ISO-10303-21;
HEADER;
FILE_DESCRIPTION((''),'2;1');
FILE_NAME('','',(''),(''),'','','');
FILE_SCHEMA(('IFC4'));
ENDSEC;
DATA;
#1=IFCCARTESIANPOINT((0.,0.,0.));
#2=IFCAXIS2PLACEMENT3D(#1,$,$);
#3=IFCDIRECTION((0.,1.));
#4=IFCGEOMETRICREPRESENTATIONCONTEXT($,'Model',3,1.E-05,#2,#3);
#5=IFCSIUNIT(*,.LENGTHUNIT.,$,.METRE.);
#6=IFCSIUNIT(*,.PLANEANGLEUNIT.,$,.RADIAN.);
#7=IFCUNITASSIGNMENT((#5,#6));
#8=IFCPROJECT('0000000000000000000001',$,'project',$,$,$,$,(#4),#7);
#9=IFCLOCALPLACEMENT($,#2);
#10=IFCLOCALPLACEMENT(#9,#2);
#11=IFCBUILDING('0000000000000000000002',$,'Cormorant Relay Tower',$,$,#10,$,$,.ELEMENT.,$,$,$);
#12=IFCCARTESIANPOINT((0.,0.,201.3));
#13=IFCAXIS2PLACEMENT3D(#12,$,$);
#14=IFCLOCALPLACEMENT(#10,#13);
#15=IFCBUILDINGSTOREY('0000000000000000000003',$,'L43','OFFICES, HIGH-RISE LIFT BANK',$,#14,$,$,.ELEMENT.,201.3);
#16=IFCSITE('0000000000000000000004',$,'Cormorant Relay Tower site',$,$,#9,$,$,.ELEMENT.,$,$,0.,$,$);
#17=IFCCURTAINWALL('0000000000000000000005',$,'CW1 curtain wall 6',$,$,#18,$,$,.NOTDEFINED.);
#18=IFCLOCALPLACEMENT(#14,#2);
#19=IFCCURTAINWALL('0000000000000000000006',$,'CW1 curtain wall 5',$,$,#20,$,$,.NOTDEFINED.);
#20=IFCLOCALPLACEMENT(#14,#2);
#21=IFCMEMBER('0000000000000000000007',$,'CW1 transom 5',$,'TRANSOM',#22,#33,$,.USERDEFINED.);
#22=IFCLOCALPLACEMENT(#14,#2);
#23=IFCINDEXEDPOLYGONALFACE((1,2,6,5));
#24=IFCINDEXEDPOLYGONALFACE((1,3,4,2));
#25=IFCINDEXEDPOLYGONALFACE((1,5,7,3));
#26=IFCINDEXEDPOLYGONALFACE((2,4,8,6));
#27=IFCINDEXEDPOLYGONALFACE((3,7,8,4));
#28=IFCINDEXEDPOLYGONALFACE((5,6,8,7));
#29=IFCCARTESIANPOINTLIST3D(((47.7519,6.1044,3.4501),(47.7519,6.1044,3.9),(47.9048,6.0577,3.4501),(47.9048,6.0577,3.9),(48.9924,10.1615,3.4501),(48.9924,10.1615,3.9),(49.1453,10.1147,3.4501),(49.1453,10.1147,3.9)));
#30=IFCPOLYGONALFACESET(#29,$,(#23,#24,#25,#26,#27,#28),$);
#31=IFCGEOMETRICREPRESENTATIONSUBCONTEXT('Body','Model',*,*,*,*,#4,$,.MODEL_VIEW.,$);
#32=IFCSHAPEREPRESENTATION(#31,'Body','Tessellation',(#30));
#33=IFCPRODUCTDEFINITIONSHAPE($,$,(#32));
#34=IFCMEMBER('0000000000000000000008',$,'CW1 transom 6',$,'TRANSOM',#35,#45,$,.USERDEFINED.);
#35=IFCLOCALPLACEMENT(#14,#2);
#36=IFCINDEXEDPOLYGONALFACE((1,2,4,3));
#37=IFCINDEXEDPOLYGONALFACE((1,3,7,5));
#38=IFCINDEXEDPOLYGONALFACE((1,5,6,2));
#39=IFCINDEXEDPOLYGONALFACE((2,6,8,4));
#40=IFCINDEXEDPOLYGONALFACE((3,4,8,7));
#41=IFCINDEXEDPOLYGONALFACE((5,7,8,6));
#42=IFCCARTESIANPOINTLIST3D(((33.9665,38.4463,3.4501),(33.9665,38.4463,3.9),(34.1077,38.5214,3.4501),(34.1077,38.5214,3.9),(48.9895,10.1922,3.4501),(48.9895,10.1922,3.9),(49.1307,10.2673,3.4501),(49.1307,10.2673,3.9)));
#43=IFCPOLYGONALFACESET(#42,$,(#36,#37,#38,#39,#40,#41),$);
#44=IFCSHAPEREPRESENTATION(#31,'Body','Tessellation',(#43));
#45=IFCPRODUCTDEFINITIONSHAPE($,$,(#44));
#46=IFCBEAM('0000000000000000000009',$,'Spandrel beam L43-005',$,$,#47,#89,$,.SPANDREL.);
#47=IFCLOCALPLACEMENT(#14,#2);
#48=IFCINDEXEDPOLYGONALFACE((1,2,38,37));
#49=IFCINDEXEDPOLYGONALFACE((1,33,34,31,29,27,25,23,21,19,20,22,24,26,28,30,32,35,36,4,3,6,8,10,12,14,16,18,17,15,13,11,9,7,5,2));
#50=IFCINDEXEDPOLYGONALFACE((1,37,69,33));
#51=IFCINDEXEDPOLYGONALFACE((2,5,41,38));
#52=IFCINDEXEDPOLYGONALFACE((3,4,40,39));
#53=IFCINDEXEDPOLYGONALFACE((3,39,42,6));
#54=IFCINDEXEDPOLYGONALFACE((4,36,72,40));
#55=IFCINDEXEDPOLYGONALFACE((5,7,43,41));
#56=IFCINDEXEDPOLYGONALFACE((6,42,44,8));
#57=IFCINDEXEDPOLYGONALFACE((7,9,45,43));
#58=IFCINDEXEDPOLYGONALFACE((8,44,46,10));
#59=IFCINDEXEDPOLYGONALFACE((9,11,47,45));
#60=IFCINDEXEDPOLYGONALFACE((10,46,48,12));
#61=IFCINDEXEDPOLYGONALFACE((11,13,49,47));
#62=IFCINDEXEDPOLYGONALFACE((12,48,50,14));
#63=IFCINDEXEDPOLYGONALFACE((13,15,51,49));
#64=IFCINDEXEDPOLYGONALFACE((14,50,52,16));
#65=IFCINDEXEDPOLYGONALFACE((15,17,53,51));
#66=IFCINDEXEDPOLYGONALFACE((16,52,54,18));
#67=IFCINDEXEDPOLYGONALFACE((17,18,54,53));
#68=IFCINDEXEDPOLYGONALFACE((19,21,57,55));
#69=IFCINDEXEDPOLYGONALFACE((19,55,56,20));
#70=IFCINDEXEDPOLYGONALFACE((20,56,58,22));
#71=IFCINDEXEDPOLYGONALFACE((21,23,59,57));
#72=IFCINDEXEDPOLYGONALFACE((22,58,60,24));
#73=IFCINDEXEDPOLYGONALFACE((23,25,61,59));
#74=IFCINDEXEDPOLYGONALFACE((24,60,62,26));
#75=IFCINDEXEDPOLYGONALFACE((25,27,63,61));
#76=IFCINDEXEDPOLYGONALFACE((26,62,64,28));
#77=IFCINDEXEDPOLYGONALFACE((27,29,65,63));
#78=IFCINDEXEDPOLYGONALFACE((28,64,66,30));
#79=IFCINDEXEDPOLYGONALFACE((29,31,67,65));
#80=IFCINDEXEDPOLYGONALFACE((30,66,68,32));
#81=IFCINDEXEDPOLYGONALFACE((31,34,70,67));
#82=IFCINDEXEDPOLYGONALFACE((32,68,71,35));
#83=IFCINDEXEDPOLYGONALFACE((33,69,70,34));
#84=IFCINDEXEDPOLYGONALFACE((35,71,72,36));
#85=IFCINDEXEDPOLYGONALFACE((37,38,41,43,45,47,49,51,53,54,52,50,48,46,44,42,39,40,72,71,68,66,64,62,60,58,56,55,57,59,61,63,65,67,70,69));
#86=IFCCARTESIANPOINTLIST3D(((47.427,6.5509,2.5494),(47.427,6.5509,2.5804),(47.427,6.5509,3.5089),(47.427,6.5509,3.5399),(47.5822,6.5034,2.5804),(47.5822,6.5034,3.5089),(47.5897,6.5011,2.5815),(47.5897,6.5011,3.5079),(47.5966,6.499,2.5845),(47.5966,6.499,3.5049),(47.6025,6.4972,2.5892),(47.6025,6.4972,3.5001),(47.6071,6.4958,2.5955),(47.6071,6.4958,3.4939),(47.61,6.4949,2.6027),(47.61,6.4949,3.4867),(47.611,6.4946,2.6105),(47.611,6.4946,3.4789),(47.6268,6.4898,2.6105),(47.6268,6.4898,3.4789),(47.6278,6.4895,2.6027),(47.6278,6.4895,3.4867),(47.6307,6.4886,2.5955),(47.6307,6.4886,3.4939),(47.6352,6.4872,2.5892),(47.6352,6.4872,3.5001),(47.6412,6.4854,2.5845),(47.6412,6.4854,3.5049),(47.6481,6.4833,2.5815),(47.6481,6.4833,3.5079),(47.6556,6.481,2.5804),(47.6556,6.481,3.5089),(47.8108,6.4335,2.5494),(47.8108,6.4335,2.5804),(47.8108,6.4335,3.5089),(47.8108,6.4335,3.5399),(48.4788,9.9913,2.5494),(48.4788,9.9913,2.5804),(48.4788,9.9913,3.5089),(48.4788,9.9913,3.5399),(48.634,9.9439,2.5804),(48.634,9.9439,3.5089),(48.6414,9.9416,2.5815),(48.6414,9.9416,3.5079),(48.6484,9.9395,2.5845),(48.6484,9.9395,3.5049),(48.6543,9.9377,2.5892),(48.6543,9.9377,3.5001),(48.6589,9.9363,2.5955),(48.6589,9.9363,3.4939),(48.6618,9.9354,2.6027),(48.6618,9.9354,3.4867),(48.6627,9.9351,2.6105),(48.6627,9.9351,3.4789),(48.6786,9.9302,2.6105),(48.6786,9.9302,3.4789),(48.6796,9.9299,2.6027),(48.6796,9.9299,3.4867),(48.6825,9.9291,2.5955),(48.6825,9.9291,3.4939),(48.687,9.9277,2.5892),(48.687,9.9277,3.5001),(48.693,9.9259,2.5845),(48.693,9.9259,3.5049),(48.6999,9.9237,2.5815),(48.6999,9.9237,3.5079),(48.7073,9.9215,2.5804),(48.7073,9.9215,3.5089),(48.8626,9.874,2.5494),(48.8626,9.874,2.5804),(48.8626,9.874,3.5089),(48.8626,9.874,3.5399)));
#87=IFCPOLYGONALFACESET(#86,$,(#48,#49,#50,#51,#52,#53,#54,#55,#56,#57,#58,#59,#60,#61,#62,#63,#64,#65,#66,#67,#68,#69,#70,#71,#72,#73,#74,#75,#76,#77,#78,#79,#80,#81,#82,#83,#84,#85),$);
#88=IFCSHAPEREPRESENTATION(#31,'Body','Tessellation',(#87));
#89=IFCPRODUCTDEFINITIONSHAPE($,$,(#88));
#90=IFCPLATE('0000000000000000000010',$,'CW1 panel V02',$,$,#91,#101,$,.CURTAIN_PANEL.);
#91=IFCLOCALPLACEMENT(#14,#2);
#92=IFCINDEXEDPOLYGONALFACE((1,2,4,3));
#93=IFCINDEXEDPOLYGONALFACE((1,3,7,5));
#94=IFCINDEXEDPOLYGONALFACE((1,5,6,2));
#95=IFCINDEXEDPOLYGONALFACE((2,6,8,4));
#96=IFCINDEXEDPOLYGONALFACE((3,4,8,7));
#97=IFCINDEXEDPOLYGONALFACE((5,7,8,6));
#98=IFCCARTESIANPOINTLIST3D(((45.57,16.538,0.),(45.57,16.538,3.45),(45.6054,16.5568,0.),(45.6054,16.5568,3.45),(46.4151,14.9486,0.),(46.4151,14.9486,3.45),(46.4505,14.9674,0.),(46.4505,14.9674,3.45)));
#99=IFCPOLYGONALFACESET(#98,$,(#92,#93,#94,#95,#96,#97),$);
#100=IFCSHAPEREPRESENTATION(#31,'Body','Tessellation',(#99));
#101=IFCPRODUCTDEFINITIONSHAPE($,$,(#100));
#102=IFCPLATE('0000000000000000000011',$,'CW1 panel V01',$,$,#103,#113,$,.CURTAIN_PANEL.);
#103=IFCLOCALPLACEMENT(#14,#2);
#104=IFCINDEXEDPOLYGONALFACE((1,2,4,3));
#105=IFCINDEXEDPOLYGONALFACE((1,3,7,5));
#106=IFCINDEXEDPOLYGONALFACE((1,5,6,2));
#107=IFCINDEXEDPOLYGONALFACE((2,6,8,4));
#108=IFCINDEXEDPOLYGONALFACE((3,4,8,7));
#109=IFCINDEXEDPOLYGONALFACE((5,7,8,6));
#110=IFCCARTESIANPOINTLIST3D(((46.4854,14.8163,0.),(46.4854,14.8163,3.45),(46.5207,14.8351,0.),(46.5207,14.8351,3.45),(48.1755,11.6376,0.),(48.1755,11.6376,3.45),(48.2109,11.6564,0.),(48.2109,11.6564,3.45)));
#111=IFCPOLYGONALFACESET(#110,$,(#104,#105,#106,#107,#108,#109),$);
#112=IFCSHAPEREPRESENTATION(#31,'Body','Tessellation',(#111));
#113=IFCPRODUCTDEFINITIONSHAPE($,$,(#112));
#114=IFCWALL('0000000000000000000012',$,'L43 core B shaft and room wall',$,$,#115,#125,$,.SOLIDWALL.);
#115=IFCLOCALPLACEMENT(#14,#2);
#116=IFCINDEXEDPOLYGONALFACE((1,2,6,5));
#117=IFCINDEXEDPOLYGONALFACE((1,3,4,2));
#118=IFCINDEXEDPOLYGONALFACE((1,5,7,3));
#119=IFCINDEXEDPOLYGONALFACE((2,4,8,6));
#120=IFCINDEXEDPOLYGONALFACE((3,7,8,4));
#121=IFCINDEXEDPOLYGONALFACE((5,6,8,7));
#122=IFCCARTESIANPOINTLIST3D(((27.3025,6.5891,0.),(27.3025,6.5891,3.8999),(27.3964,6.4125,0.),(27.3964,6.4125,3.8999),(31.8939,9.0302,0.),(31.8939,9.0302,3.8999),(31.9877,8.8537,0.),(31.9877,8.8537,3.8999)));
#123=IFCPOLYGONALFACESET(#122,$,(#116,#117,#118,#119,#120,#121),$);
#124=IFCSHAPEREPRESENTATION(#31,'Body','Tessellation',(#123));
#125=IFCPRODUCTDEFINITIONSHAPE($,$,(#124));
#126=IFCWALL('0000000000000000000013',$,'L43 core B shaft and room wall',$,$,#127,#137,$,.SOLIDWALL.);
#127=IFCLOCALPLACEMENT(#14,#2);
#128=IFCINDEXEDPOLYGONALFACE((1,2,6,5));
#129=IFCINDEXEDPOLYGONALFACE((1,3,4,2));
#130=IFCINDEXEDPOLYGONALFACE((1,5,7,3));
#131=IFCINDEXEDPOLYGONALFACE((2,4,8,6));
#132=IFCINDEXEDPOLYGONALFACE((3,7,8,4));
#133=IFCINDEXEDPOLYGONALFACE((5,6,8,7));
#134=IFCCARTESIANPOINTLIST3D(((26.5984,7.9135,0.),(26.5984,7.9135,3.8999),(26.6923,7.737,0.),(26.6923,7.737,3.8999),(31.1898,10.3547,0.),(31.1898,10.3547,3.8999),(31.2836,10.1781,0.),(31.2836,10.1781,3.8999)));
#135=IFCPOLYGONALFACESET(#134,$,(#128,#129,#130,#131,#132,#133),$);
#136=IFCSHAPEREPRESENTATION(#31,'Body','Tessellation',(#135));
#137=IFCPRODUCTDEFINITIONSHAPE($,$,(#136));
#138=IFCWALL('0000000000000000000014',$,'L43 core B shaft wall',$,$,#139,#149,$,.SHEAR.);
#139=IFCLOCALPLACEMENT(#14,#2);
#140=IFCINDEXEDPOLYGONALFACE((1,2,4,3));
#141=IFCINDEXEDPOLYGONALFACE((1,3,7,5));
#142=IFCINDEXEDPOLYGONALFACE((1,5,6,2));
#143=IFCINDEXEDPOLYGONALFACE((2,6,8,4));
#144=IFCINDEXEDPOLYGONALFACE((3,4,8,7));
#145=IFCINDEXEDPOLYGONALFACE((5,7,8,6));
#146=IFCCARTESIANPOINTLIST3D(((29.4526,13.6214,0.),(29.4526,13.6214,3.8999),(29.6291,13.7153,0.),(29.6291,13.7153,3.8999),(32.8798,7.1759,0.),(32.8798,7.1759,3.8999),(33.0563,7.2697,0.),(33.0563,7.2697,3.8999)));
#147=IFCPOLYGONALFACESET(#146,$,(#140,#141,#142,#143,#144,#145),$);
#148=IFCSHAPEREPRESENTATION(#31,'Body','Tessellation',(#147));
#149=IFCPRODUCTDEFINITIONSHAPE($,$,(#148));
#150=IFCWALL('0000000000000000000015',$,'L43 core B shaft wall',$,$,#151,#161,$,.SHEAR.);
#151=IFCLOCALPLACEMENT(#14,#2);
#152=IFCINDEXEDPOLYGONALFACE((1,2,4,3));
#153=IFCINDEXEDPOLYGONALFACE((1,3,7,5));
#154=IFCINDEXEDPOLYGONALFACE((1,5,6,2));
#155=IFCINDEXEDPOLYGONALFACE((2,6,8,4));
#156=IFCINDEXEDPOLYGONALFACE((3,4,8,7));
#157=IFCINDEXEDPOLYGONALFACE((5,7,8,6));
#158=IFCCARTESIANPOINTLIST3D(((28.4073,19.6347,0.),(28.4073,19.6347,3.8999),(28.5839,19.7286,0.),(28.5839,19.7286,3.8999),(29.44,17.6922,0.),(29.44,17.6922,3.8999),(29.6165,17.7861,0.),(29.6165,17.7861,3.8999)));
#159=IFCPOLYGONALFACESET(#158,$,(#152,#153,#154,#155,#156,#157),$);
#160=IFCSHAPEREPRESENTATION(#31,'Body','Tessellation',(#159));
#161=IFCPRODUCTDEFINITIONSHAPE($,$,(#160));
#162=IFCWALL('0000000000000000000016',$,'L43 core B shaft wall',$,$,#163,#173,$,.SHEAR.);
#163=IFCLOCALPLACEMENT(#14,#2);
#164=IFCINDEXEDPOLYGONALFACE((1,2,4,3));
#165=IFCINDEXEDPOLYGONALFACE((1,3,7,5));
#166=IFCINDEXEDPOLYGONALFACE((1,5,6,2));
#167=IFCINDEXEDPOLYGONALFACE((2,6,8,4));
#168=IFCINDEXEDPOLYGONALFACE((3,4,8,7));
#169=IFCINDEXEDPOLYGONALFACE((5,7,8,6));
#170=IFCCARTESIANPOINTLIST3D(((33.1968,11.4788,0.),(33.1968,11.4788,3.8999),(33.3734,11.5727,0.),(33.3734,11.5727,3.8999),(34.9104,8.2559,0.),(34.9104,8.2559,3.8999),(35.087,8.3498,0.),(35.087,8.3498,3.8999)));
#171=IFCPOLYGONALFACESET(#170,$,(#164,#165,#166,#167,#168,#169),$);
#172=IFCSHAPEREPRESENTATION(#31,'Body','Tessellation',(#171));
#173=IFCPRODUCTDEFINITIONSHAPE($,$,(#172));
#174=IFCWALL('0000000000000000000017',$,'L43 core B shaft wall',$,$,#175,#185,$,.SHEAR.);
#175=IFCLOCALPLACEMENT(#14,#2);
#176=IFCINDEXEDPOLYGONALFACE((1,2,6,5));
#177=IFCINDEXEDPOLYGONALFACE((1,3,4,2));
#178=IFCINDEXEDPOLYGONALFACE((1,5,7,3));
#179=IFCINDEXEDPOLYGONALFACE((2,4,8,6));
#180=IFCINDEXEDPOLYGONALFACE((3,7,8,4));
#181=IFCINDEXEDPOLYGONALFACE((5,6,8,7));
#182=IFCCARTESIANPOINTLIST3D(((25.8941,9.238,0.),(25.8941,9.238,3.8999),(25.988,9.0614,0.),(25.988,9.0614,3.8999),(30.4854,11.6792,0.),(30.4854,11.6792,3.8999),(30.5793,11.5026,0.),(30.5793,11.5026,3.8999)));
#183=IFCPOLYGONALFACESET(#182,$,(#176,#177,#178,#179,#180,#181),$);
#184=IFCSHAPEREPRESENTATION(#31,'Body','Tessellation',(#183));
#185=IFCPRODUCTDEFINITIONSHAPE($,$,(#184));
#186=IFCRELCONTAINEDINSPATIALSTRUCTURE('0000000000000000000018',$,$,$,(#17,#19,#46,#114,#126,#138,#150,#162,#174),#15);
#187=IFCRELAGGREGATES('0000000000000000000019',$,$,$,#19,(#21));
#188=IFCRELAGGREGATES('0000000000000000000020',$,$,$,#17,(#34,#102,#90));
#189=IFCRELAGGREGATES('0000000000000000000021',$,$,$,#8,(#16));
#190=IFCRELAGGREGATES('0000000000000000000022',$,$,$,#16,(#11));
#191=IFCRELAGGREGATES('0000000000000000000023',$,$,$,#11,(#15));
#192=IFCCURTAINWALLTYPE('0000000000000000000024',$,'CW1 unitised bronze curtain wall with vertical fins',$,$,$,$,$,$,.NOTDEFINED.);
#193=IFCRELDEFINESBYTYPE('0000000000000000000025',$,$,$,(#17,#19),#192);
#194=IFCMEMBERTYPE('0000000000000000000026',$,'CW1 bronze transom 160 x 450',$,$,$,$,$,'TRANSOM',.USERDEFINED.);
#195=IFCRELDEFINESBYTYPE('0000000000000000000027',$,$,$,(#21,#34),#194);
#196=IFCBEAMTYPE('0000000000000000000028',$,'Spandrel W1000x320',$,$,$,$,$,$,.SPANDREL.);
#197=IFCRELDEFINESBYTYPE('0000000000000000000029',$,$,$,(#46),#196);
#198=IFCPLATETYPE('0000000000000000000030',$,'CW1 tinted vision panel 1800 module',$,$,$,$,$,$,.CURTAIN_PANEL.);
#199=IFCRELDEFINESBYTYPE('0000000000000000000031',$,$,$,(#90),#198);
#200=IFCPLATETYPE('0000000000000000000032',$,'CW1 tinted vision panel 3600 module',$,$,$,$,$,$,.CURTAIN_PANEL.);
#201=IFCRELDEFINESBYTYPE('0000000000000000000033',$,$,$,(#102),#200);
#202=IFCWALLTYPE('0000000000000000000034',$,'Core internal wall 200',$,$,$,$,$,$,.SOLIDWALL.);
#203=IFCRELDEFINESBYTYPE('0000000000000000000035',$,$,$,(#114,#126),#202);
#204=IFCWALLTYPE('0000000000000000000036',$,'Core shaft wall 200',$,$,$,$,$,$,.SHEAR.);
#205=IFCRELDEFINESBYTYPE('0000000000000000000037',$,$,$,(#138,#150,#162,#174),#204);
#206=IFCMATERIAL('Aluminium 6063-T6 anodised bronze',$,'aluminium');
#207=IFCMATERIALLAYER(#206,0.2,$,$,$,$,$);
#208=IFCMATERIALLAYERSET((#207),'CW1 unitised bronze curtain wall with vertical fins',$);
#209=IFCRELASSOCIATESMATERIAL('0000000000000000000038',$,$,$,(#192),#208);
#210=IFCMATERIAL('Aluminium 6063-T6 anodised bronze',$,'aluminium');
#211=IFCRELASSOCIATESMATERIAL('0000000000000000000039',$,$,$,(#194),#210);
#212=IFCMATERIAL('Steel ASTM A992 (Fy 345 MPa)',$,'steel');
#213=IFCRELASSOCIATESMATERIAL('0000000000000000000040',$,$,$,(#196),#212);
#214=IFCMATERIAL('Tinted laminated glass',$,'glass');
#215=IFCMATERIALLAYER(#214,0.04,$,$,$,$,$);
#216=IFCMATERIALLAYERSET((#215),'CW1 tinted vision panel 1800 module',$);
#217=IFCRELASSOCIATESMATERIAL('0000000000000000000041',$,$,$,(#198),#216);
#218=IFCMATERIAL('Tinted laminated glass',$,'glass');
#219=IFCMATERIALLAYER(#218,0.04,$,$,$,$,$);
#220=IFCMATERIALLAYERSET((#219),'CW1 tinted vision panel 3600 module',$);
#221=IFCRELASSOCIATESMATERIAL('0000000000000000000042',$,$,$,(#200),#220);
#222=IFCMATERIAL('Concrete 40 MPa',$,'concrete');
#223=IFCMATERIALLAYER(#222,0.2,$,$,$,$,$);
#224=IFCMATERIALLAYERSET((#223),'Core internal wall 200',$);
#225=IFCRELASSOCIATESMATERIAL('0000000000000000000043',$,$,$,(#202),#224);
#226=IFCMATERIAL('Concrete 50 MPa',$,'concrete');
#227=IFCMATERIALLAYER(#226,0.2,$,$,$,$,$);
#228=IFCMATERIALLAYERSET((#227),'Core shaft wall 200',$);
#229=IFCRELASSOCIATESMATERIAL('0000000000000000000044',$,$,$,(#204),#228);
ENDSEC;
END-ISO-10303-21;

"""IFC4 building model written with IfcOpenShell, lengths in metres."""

from ifc_helpers import new_model, si_unit, direction, frame, frame_2d, origin, origin_2d, place, context, subcontext, project, spatial, rectangle, i_section, extrude, material, layer, layer_set, material_profile, profile_set, type_object, element, aggregate, save


model = new_model("IFC4")

# Units and contexts
model_context = context("Model", 3, precision=1e-05, world=origin(), true_north=direction((0.0, 1.0)))
body_context = subcontext(model_context, "Body", "Model", "MODEL_VIEW")
ifc_project = project(units=[si_unit("LENGTHUNIT", "METRE"), si_unit("PLANEANGLEUNIT", "RADIAN")], contexts=[model_context])

# Site, building, storey
site_placement = place(None, origin())
site = spatial("IfcSite", under=ifc_project, at=site_placement, Name="Cormorant Relay Tower site", CompositionType="ELEMENT", RefElevation=0.0)
building_placement = place(site_placement, origin())
building = spatial("IfcBuilding", under=site, at=building_placement, Name="Cormorant Relay Tower", CompositionType="ELEMENT")
storey_placement = place(building_placement, frame((0.0, 0.0, 201.3)))
storey = spatial("IfcBuildingStorey", under=building, at=storey_placement, Name="L43", Description="OFFICES, HIGH-RISE LIFT BANK", CompositionType="ELEMENT", Elevation=201.3)

# Curtain wall
ifc_material_1 = material(Name="Aluminium 6063-T6 anodised bronze", Category="aluminium")
ifc_layer_1 = layer(ifc_material_1, 0.2)
ifc_layer_set_1 = layer_set([ifc_layer_1], Name="CW1 unitised bronze curtain wall with vertical fins")
curtain_wall_type = type_object("IfcCurtainWallType", Name="CW1 unitised bronze curtain wall with vertical fins", PredefinedType="NOTDEFINED", material=ifc_layer_set_1)
curtain_wall_1_placement = place(storey_placement, origin())
curtain_wall_1 = element("IfcCurtainWall", 1, at=curtain_wall_1_placement, inside=storey, type_object=curtain_wall_type, Name="CW1 curtain wall 6", PredefinedType="NOTDEFINED")

# Curtain wall, member
curtain_wall_2_placement = place(storey_placement, origin())
curtain_wall_2 = element("IfcCurtainWall", 2, at=curtain_wall_2_placement, inside=storey, type_object=curtain_wall_type, Name="CW1 curtain wall 5", PredefinedType="NOTDEFINED")
ifc_material_2 = material(Name="Aluminium 6063-T6 anodised bronze", Category="aluminium")
ifc_material_profile_1 = material_profile(ifc_material_2, rectangle(XDim=0.1599, YDim=0.45, at=origin_2d()), Name="AL 160x450")
ifc_profile_set_1 = profile_set([ifc_material_profile_1], Name="Aluminium 6063-T6 anodised bronze")
member_type_1 = type_object("IfcMemberType", Name="CW1 bronze transom 160 x 450", ElementType="TRANSOM", PredefinedType="USERDEFINED", material=ifc_profile_set_1)
member_1_placement = place(storey_placement, frame((47.8284, 6.0811, 3.675), z_axis=(0.292391, 0.956299, 0.0), x_axis=(-0.956299, 0.292391, 0.0)))
member_1 = element("IfcMember", 3, at=member_1_placement, type_object=member_type_1, Name="CW1 transom 5", ObjectType="TRANSOM", PredefinedType="USERDEFINED", context=body_context, shape_type="SweptSolid", body=[
    extrude(rectangle(XDim=0.1599, YDim=0.45, at=origin_2d()), origin(), (0.0, 0.0, 1.0), 4.2424),
])

# Member
member_2_placement = place(storey_placement, frame((49.0601, 10.2297, 3.675), z_axis=(-0.46947, 0.882948, 0.0), x_axis=(-0.882948, -0.46947, 0.0)))
member_2 = element("IfcMember", 4, at=member_2_placement, type_object=member_type_1, Name="CW1 transom 6", ObjectType="TRANSOM", PredefinedType="USERDEFINED", context=body_context, shape_type="SweptSolid", body=[
    extrude(rectangle(XDim=0.1599, YDim=0.45, at=origin_2d()), origin(), (0.0, 0.0, 1.0), 31.9998),
])

# Beam
ifc_material_3 = material(Name="Steel ASTM A992 (Fy 345 MPa)", Category="steel")
ifc_material_profile_2 = material_profile(ifc_material_3, i_section(OverallWidth=0.4014, OverallDepth=0.9905, WebThickness=0.0166, FlangeThickness=0.031, FilletRadius=0.03, at=origin_2d()), Name="W1000x320")
ifc_profile_set_2 = profile_set([ifc_material_profile_2], Name="Steel ASTM A992 (Fy 345 MPa)")
beam_type = type_object("IfcBeamType", Name="Spandrel W1000x320", PredefinedType="SPANDREL", material=ifc_profile_set_2)
beam_placement = place(storey_placement, frame((47.6189, 6.4922, 3.0447), z_axis=(0.29235, 0.956312, 0.0), x_axis=(-0.956312, 0.29235, 0.0)))
element("IfcBeam", 5, at=beam_placement, inside=storey, type_object=beam_type, Name="Spandrel beam L43-005", PredefinedType="SPANDREL", context=body_context, shape_type="SweptSolid", body=[
    extrude(i_section(OverallWidth=0.4014, OverallDepth=0.9905, WebThickness=0.0166, FlangeThickness=0.031, FilletRadius=0.03, at=origin_2d()), origin(), (0.0, 0.0, 1.0), 3.5977),
])

# Plates
ifc_material_4 = material(Name="Tinted laminated glass", Category="glass")
ifc_layer_2 = layer(ifc_material_4, 0.04)
ifc_layer_set_2 = layer_set([ifc_layer_2], Name="CW1 tinted vision panel 1800 module")
plate_type_1 = type_object("IfcPlateType", Name="CW1 tinted vision panel 1800 module", PredefinedType="CURTAIN_PANEL", material=ifc_layer_set_2)
plate_1_placement = place(storey_placement, frame((46.0103, 15.7527, 0.0), z_axis=(0.0, 0.0, 1.0), x_axis=(-0.469472, 0.882948, 0.0)))
plate_1 = element("IfcPlate", 6, at=plate_1_placement, type_object=plate_type_1, Name="CW1 panel V02", PredefinedType="CURTAIN_PANEL", context=body_context, shape_type="SweptSolid", body=[
    extrude(rectangle(XDim=1.8, YDim=0.04, at=origin_2d()), origin(), (0.0, 0.0, 1.0), 3.45),
])
ifc_material_5 = material(Name="Tinted laminated glass", Category="glass")
ifc_layer_3 = layer(ifc_material_5, 0.04)
ifc_layer_set_3 = layer_set([ifc_layer_3], Name="CW1 tinted vision panel 3600 module")
plate_type_2 = type_object("IfcPlateType", Name="CW1 tinted vision panel 3600 module", PredefinedType="CURTAIN_PANEL", material=ifc_layer_set_3)
plate_2_placement = place(storey_placement, frame((47.3481, 13.2363, 0.0), z_axis=(0.0, 0.0, 1.0), x_axis=(-0.469472, 0.882948, 0.0)))
plate_2 = element("IfcPlate", 7, at=plate_2_placement, type_object=plate_type_2, Name="CW1 panel V01", PredefinedType="CURTAIN_PANEL", context=body_context, shape_type="SweptSolid", body=[
    extrude(rectangle(XDim=3.6001, YDim=0.04, at=origin_2d()), origin(), (0.0, 0.0, 1.0), 3.45),
])

# Walls
ifc_material_6 = material(Name="Concrete 40 MPa", Category="concrete")
ifc_layer_4 = layer(ifc_material_6, 0.2)
ifc_layer_set_4 = layer_set([ifc_layer_4], Name="Core internal wall 200")
wall_type_1 = type_object("IfcWallType", Name="Core internal wall 200", PredefinedType="SOLIDWALL", material=ifc_layer_set_4)
for number, where, z_axis, x_axis, name in (
    (8, (27.3494, 6.5007, 0.0), (0.0, 0.0, 1.0), (0.882954, 0.46946, 0.0), "L43 core B shaft and room wall"),
    (9, (26.6453, 7.8252, 0.0), (0.0, 0.0, 1.0), (0.882954, 0.46946, 0.0), "L43 core B shaft and room wall"),
):
    element("IfcWall", number, at=place(storey_placement, frame(where, z_axis=z_axis, x_axis=x_axis)), inside=storey, type_object=wall_type_1, Name=name, PredefinedType="SOLIDWALL", context=body_context, shape_type="SweptSolid", body=[
        extrude(rectangle(XDim=5.2, YDim=0.2, at=frame_2d((2.6001, 0.0))), origin(), (0.0, 0.0, 1.0), 3.8999),
    ])
ifc_material_7 = material(Name="Concrete 50 MPa", Category="concrete")
ifc_layer_5 = layer(ifc_material_7, 0.2)
ifc_layer_set_5 = layer_set([ifc_layer_5], Name="Core shaft wall 200")
wall_type_2 = type_object("IfcWallType", Name="Core shaft wall 200", PredefinedType="SHEAR", material=ifc_layer_set_5)
wall_1_placement = place(storey_placement, frame((32.968, 7.2229, 0.0), z_axis=(0.0, 0.0, 1.0), x_axis=(-0.46948, 0.882943, 0.0)))
element("IfcWall", 10, at=wall_1_placement, inside=storey, type_object=wall_type_2, Name="L43 core B shaft wall", PredefinedType="SHEAR", context=body_context, shape_type="SweptSolid", body=[
    extrude(rectangle(XDim=7.3, YDim=0.2, at=frame_2d((3.6499, 0.0))), origin(), (0.0, 0.0, 1.0), 3.8999),
])
wall_2_placement = place(storey_placement, frame((29.5283, 17.739, 0.0), z_axis=(0.0, 0.0, 1.0), x_axis=(-0.469401, 0.882985, 0.0)))
element("IfcWall", 11, at=wall_2_placement, inside=storey, type_object=wall_type_2, Name="L43 core B shaft wall", PredefinedType="SHEAR", context=body_context, shape_type="SweptSolid", body=[
    extrude(rectangle(XDim=2.2, YDim=0.2, at=frame_2d((1.1001, 0.0))), origin(), (0.0, 0.0, 1.0), 3.8999),
])
wall_3_placement = place(storey_placement, frame((34.9988, 8.3027, 0.0), z_axis=(0.0, 0.0, 1.0), x_axis=(-0.469467, 0.88295, 0.0)))
element("IfcWall", 12, at=wall_3_placement, inside=storey, type_object=wall_type_2, Name="L43 core B shaft wall", PredefinedType="SHEAR", context=body_context, shape_type="SweptSolid", body=[
    extrude(rectangle(XDim=3.6501, YDim=0.2, at=frame_2d((1.8252, 0.0))), origin(), (0.0, 0.0, 1.0), 3.8999),
])

# Wall
wall_4_placement = place(storey_placement, frame((25.9409, 9.1497, 0.0), z_axis=(0.0, 0.0, 1.0), x_axis=(0.882954, 0.46946, 0.0)))
element("IfcWall", 13, at=wall_4_placement, inside=storey, type_object=wall_type_2, Name="L43 core B shaft wall", PredefinedType="SHEAR", context=body_context, shape_type="SweptSolid", body=[
    extrude(rectangle(XDim=5.2, YDim=0.2, at=frame_2d((2.6001, 0.0))), origin(), (0.0, 0.0, 1.0), 3.8999),
])

aggregate(curtain_wall_2, [member_1])
aggregate(curtain_wall_1, [member_2, plate_2, plate_1])

save(model, "model.ifc")
